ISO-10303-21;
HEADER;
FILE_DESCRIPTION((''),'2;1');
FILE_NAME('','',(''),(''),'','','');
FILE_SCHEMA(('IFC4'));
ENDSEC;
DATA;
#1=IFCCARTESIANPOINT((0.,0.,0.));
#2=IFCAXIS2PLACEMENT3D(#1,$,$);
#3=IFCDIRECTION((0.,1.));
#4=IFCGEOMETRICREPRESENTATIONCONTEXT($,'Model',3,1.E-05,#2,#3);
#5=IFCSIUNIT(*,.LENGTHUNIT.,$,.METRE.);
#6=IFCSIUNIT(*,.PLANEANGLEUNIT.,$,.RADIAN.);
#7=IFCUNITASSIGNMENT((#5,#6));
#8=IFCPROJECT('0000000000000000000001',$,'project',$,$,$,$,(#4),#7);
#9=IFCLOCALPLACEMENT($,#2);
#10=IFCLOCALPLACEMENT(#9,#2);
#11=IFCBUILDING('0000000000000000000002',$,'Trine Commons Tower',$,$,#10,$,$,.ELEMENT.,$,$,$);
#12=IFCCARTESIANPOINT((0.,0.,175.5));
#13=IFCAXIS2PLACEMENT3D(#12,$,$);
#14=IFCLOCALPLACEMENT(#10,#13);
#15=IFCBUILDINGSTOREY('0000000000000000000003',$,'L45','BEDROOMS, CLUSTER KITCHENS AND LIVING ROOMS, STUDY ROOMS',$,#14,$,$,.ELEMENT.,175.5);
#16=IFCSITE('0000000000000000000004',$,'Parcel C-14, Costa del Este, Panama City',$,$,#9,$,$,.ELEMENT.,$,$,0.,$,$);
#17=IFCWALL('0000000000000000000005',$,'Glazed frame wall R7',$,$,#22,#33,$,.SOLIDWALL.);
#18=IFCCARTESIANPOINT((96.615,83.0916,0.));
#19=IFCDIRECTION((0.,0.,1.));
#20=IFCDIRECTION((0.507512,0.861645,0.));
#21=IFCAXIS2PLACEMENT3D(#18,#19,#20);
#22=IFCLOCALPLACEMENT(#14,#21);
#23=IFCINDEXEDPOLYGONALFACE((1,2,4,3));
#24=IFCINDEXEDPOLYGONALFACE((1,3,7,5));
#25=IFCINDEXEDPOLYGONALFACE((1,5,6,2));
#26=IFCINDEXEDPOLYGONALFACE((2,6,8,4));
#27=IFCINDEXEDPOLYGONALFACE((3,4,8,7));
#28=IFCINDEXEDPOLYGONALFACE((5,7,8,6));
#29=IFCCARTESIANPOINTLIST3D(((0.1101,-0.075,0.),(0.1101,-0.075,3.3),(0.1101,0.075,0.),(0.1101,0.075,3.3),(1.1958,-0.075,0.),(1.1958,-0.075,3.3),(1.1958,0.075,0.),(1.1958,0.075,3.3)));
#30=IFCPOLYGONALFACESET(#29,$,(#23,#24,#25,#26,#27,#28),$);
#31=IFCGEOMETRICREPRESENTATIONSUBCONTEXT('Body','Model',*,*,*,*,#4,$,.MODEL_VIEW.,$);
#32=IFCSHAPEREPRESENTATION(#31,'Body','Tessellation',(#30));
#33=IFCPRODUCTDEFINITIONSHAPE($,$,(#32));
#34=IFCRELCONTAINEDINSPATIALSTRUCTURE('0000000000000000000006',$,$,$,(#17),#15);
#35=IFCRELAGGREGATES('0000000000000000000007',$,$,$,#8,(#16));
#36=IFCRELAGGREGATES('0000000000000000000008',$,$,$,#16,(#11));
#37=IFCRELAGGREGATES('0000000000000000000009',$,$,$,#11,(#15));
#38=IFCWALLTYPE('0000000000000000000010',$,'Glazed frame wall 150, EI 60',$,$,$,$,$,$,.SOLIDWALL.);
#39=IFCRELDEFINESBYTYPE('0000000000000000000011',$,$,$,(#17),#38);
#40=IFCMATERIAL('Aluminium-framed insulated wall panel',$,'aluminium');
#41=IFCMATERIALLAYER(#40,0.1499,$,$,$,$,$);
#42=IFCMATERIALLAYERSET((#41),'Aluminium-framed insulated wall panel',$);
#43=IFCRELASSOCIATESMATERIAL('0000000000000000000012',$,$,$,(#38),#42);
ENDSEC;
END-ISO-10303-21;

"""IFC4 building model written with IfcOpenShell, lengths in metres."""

from ifc_helpers import new_model, si_unit, direction, frame, origin, place, context, subcontext, project, spatial, polyline, outline, extrude, material, layer, layer_set, type_object, element, save


model = new_model("IFC4")

# Units and contexts
model_context = context("Model", 3, precision=1e-05, world=origin(), true_north=direction((0.0, 1.0)))
body_context = subcontext(model_context, "Body", "Model", "MODEL_VIEW")
ifc_project = project(units=[si_unit("LENGTHUNIT", "METRE"), si_unit("PLANEANGLEUNIT", "RADIAN")], contexts=[model_context])

# Site, building, storey
site_placement = place(None, origin())
site = spatial("IfcSite", under=ifc_project, at=site_placement, Name="Parcel C-14, Costa del Este, Panama City", CompositionType="ELEMENT", RefElevation=0.0)
building_placement = place(site_placement, origin())
building = spatial("IfcBuilding", under=site, at=building_placement, Name="Trine Commons Tower", CompositionType="ELEMENT")
storey_placement = place(building_placement, frame((0.0, 0.0, 175.5)))
storey = spatial("IfcBuildingStorey", under=building, at=storey_placement, Name="L45", Description="BEDROOMS, CLUSTER KITCHENS AND LIVING ROOMS, STUDY ROOMS", CompositionType="ELEMENT", Elevation=175.5)

# Shared definitions
ifc_material_1 = material(Name="Aluminium-framed insulated wall panel", Category="aluminium")
ifc_layer_1 = layer(ifc_material_1, 0.1499)
ifc_layer_set_1 = layer_set([ifc_layer_1], Name="Aluminium-framed insulated wall panel")
wall_type_1 = type_object("IfcWallType", Name="Glazed frame wall 150, EI 60", PredefinedType="SOLIDWALL", material=ifc_layer_set_1)

# Wall
wall_1_placement = place(storey_placement, frame((96.615, 83.0916, 0.0), z_axis=(0.0, 0.0, 1.0), x_axis=(0.507512, 0.861645, 0.0)))
element("IfcWall", 1, at=wall_1_placement, inside=storey, type_object=wall_type_1, Name="Glazed frame wall R7", PredefinedType="SOLIDWALL", context=body_context, shape_type="SweptSolid", body=[
    extrude(outline(polyline([(0.1101, 0.075), (0.1101, -0.075), (1.1958, -0.075), (1.1958, 0.075), (0.1101, 0.075)])), origin(), (0.0, 0.0, 1.0), 3.3),
])

save(model, "model.ifc")
